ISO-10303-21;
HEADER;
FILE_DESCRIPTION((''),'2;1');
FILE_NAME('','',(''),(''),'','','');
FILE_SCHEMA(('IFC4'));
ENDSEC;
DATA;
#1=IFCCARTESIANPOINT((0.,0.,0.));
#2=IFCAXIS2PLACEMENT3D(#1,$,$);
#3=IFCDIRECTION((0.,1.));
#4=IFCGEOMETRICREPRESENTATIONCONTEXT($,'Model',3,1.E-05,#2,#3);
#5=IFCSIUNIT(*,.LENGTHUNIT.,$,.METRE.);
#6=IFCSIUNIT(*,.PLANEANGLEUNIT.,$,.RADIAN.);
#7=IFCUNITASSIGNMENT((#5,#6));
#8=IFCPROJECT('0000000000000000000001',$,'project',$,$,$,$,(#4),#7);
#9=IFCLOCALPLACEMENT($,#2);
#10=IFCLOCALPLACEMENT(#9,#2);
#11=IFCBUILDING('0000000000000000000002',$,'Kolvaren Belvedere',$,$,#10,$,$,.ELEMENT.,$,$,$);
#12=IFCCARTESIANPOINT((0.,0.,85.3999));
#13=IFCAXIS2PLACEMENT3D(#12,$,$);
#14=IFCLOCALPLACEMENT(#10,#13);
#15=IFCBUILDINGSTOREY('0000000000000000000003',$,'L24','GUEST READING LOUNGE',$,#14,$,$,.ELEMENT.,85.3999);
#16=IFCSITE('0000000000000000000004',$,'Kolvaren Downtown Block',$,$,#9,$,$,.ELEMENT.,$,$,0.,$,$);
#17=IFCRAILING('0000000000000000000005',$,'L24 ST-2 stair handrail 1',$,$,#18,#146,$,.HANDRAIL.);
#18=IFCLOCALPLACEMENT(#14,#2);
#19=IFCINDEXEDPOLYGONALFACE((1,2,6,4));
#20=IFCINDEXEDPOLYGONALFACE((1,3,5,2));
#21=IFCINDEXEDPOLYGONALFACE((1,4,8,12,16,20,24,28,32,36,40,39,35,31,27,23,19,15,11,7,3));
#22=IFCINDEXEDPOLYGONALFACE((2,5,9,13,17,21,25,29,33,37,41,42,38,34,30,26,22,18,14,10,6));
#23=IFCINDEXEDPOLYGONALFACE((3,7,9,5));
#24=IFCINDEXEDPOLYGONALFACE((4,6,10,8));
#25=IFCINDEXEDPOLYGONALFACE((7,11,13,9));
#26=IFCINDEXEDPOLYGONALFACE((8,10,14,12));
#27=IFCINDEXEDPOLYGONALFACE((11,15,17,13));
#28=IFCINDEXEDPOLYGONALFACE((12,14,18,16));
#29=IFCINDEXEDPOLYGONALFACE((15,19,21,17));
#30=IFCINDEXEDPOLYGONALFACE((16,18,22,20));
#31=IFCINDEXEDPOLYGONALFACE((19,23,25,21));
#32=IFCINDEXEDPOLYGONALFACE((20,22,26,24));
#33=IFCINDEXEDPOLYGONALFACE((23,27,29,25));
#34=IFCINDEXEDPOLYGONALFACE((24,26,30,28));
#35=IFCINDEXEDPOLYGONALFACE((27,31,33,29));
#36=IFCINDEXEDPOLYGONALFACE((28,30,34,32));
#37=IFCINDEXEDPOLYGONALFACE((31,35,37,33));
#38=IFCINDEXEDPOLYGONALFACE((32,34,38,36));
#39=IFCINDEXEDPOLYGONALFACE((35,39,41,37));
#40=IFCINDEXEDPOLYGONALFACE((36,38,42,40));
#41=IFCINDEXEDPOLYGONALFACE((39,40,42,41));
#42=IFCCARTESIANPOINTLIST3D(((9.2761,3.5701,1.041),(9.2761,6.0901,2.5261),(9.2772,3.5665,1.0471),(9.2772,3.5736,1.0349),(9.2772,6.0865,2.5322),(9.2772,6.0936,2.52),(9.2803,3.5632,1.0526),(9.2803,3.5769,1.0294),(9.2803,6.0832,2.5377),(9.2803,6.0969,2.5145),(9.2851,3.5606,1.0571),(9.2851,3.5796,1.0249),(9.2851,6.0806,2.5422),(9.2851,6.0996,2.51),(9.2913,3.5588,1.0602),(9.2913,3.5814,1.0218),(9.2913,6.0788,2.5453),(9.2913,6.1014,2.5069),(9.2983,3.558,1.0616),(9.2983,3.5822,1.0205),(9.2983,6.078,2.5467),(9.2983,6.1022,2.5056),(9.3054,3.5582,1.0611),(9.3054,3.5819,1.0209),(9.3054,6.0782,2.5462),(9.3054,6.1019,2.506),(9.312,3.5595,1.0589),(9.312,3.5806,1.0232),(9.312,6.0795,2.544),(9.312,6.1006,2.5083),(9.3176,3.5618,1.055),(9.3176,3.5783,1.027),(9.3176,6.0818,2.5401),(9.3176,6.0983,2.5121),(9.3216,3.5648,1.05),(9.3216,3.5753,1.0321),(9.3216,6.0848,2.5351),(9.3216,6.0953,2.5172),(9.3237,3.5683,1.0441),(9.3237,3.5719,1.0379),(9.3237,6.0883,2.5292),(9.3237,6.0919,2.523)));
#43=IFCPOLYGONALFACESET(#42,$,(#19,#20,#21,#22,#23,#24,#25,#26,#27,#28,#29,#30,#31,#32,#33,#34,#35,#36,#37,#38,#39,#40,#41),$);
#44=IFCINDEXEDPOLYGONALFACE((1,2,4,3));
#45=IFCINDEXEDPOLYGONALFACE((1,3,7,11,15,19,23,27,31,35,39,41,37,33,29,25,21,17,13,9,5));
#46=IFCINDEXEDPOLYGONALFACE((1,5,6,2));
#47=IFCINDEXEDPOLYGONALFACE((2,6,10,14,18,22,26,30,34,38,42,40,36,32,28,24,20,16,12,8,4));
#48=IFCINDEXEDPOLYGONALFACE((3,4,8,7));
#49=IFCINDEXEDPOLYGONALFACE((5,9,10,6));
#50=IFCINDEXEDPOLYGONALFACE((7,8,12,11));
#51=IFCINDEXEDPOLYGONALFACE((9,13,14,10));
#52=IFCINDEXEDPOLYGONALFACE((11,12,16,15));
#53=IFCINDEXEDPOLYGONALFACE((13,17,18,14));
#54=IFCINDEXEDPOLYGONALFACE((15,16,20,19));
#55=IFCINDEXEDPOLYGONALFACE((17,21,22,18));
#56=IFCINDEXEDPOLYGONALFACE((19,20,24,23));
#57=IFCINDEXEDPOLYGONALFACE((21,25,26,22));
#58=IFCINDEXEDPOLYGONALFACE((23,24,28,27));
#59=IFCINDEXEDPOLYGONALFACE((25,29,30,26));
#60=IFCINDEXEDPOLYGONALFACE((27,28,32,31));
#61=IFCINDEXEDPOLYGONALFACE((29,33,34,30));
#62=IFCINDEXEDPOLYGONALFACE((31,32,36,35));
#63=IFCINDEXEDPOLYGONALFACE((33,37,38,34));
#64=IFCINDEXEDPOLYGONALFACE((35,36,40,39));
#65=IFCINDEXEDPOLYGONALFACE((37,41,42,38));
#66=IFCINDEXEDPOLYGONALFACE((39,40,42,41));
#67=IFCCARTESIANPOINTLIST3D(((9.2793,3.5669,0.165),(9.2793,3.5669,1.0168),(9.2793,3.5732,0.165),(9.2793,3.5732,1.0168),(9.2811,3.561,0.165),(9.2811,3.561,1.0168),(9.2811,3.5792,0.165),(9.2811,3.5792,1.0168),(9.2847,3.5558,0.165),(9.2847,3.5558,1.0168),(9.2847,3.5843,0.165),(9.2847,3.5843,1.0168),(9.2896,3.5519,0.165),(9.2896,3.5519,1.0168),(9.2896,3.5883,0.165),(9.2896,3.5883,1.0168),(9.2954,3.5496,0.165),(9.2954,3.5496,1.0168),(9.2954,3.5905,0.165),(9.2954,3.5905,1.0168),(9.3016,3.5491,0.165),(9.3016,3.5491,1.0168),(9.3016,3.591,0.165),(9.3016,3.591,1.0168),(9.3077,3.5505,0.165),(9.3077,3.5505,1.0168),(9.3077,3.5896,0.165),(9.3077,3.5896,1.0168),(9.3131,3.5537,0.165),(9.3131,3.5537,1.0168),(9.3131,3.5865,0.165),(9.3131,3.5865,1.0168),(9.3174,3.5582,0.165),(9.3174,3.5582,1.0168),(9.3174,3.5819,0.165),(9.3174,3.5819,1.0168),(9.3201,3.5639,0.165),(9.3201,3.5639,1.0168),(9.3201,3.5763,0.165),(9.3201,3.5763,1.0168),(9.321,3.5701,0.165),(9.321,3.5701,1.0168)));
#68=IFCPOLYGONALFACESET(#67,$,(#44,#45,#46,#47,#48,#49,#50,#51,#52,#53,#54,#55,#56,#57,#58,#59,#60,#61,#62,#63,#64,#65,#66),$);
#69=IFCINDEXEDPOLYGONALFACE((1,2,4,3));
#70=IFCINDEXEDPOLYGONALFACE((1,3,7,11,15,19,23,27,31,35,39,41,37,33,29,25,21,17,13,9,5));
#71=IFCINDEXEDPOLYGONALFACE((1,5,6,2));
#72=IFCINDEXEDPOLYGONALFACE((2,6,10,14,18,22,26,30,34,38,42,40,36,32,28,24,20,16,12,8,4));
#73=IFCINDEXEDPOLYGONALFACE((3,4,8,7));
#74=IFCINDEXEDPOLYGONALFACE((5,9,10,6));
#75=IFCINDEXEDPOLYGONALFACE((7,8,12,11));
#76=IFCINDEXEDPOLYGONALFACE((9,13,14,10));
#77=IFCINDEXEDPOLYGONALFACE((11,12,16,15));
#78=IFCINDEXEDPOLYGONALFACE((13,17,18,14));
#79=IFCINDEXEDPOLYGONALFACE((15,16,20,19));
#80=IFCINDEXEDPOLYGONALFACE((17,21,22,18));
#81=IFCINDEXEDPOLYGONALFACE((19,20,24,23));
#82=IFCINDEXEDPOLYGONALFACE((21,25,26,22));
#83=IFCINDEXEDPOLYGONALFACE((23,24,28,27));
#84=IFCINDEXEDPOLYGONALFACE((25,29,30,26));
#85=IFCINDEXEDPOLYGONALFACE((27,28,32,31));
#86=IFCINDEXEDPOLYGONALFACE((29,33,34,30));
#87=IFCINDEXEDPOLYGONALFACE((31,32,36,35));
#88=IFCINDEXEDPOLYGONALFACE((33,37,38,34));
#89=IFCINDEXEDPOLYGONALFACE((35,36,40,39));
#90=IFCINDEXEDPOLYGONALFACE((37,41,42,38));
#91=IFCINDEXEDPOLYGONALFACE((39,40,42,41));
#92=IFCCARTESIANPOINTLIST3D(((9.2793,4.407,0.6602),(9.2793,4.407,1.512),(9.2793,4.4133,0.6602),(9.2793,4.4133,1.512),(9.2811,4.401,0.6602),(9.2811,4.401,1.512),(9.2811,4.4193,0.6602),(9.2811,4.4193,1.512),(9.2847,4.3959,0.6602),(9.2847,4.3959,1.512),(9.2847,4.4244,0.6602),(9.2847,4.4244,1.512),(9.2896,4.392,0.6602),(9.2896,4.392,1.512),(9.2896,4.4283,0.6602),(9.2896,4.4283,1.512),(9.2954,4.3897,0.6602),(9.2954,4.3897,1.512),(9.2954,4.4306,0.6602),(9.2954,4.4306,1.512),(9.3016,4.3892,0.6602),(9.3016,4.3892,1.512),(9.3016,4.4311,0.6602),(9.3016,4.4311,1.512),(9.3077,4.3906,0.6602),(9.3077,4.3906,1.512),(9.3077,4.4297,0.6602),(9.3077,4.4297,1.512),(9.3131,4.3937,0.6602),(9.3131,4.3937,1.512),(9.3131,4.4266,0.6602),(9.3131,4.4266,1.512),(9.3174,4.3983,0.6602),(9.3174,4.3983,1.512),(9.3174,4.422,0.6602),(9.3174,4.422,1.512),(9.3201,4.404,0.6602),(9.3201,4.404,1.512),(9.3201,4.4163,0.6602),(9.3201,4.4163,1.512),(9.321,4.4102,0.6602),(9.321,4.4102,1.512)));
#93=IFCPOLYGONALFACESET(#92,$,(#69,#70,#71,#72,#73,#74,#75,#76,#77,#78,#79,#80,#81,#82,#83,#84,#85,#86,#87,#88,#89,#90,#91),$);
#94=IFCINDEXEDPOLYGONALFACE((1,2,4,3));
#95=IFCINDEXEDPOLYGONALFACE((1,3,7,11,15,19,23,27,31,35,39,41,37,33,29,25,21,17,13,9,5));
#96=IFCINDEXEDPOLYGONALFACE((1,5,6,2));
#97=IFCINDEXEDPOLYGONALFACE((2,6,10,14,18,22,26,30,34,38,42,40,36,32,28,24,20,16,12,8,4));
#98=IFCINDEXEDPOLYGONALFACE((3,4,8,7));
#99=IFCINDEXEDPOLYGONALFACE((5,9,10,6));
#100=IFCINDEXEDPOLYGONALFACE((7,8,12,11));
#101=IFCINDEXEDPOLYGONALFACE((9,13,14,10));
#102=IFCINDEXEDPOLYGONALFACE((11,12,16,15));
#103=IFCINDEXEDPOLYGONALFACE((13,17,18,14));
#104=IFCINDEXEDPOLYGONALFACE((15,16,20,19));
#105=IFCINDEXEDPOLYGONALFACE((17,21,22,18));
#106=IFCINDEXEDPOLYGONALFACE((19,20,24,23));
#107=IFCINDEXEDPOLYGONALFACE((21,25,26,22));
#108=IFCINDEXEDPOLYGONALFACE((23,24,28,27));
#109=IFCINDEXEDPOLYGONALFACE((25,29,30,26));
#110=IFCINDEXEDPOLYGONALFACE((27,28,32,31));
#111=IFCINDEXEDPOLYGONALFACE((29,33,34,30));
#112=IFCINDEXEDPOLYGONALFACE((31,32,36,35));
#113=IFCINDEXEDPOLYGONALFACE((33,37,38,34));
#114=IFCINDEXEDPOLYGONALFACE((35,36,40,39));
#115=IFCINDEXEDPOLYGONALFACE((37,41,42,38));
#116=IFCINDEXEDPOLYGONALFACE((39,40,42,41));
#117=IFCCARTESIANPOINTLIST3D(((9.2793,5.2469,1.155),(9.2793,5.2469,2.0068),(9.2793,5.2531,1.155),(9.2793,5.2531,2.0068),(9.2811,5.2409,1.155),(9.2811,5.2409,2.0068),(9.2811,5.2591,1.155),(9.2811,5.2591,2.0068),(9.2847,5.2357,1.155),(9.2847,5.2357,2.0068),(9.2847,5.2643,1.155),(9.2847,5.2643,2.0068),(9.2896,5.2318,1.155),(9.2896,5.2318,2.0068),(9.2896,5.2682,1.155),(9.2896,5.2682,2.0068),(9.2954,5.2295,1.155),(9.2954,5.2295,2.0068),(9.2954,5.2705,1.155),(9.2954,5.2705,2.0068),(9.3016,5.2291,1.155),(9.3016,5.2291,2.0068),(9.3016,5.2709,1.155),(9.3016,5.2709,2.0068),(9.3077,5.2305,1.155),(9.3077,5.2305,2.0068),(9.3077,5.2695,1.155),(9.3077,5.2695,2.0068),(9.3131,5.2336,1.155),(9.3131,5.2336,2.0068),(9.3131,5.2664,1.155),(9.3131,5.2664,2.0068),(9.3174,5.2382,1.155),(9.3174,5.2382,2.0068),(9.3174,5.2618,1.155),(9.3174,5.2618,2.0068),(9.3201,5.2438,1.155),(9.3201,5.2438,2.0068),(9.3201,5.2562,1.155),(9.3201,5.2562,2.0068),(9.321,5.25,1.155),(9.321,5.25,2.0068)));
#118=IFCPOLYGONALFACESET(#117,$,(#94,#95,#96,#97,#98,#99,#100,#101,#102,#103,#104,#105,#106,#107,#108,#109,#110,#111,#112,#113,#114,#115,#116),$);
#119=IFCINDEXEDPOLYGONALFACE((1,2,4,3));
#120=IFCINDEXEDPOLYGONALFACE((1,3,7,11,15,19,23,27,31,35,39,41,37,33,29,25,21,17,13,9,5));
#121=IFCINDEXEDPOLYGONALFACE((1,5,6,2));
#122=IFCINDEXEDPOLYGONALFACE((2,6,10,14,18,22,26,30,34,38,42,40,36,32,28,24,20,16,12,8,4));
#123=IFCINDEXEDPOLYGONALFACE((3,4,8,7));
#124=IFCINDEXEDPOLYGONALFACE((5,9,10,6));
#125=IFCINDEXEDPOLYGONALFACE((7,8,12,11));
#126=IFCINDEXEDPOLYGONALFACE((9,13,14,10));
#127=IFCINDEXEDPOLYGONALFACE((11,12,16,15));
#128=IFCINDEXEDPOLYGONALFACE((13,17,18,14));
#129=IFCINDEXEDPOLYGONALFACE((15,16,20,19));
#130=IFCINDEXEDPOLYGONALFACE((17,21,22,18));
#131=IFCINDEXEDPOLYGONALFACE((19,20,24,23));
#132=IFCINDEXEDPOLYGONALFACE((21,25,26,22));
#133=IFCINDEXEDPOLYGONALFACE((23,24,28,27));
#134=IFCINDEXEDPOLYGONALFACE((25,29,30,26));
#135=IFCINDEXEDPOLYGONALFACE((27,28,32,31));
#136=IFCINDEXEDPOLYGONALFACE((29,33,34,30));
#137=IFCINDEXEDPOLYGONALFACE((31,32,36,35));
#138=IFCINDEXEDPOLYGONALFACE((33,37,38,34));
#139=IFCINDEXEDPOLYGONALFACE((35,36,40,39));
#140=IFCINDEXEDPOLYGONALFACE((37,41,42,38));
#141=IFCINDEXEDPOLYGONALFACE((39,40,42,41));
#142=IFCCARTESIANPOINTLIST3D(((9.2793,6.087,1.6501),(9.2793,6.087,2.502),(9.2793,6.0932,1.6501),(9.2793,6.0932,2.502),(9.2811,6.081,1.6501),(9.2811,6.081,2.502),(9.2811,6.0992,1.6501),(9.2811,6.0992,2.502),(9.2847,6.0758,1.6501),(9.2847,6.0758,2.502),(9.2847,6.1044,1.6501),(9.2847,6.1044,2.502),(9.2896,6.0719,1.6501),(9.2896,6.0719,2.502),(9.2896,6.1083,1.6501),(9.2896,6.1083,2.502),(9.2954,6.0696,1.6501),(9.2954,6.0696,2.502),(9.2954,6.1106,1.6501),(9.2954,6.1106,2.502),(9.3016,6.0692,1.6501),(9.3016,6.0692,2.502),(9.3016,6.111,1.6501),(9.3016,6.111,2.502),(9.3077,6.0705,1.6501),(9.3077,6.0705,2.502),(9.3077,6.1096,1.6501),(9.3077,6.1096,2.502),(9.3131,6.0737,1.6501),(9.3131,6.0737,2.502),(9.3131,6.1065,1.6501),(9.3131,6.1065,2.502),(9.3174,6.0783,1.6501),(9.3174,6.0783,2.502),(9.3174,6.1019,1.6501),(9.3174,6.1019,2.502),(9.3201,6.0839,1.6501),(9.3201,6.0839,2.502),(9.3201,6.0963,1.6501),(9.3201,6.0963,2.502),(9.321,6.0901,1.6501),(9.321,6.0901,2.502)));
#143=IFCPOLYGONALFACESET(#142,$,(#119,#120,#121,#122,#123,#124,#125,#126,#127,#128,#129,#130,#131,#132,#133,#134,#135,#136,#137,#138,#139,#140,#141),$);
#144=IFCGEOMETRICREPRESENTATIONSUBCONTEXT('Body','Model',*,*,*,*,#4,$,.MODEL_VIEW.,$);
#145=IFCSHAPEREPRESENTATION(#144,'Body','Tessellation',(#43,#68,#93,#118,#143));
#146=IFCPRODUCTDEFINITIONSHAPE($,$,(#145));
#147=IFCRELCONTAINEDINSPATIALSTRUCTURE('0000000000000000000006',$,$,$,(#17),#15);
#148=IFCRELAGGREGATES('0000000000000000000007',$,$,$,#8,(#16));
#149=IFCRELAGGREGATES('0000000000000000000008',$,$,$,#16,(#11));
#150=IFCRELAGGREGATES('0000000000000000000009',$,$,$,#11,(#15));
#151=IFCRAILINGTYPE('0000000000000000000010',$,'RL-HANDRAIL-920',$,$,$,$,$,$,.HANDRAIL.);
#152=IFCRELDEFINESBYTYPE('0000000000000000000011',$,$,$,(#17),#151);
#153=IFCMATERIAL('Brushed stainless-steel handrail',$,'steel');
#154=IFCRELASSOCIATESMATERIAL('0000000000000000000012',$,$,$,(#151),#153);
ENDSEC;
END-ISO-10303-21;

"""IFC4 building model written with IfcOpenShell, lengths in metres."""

from ifc_helpers import new_model, si_unit, direction, frame, origin, origin_2d, place, context, subcontext, project, spatial, circle, extrude, material, type_object, element, save


model = new_model("IFC4")

# Units and contexts
model_context = context("Model", 3, precision=1e-05, world=origin(), true_north=direction((0.0, 1.0)))
body_context = subcontext(model_context, "Body", "Model", "MODEL_VIEW")
ifc_project = project(units=[si_unit("LENGTHUNIT", "METRE"), si_unit("PLANEANGLEUNIT", "RADIAN")], contexts=[model_context])

# Site, building, storey
site_placement = place(None, origin())
site = spatial("IfcSite", under=ifc_project, at=site_placement, Name="Kolvaren Downtown Block", CompositionType="ELEMENT", RefElevation=0.0)
building_placement = place(site_placement, origin())
building = spatial("IfcBuilding", under=site, at=building_placement, Name="Kolvaren Belvedere", CompositionType="ELEMENT")
storey_placement = place(building_placement, frame((0.0, 0.0, 85.3999)))
storey = spatial("IfcBuildingStorey", under=building, at=storey_placement, Name="L24", Description="GUEST READING LOUNGE", CompositionType="ELEMENT", Elevation=85.3999)

# Railing
ifc_material_1 = material(Name="Brushed stainless-steel handrail", Category="steel")
railing_type_1 = type_object("IfcRailingType", Name="RL-HANDRAIL-920", PredefinedType="HANDRAIL", material=ifc_material_1)
railing_1_placement = place(storey_placement, frame((9.3, 3.5701, 0.165)))
element("IfcRailing", 1, at=railing_1_placement, inside=storey, type_object=railing_type_1, Name="L24 ST-2 stair handrail 1", PredefinedType="HANDRAIL", context=body_context, shape_type="SweptSolid", body=[
    extrude(circle(Radius=0.0239, at=origin_2d()), frame((0.0, 0.0, 0.876), z_axis=(0.0, 0.861524, 0.507717), x_axis=(-1.0, 0.0, 0.0)), (0.0, 0.0, 1.0), 2.925),
    extrude(circle(Radius=0.021, at=origin_2d()), origin(), (0.0, 0.0, 1.0), 0.8518),
    extrude(circle(Radius=0.021, at=origin_2d()), frame((0.0, 0.8401, 0.4951)), (0.0, 0.0, 1.0), 0.8518),
    extrude(circle(Radius=0.021, at=origin_2d()), frame((0.0, 1.6799, 0.99)), (0.0, 0.0, 1.0), 0.8518),
    extrude(circle(Radius=0.021, at=origin_2d()), frame((0.0, 2.52, 1.4851)), (0.0, 0.0, 1.0), 0.8518),
])

save(model, "model.ifc")
